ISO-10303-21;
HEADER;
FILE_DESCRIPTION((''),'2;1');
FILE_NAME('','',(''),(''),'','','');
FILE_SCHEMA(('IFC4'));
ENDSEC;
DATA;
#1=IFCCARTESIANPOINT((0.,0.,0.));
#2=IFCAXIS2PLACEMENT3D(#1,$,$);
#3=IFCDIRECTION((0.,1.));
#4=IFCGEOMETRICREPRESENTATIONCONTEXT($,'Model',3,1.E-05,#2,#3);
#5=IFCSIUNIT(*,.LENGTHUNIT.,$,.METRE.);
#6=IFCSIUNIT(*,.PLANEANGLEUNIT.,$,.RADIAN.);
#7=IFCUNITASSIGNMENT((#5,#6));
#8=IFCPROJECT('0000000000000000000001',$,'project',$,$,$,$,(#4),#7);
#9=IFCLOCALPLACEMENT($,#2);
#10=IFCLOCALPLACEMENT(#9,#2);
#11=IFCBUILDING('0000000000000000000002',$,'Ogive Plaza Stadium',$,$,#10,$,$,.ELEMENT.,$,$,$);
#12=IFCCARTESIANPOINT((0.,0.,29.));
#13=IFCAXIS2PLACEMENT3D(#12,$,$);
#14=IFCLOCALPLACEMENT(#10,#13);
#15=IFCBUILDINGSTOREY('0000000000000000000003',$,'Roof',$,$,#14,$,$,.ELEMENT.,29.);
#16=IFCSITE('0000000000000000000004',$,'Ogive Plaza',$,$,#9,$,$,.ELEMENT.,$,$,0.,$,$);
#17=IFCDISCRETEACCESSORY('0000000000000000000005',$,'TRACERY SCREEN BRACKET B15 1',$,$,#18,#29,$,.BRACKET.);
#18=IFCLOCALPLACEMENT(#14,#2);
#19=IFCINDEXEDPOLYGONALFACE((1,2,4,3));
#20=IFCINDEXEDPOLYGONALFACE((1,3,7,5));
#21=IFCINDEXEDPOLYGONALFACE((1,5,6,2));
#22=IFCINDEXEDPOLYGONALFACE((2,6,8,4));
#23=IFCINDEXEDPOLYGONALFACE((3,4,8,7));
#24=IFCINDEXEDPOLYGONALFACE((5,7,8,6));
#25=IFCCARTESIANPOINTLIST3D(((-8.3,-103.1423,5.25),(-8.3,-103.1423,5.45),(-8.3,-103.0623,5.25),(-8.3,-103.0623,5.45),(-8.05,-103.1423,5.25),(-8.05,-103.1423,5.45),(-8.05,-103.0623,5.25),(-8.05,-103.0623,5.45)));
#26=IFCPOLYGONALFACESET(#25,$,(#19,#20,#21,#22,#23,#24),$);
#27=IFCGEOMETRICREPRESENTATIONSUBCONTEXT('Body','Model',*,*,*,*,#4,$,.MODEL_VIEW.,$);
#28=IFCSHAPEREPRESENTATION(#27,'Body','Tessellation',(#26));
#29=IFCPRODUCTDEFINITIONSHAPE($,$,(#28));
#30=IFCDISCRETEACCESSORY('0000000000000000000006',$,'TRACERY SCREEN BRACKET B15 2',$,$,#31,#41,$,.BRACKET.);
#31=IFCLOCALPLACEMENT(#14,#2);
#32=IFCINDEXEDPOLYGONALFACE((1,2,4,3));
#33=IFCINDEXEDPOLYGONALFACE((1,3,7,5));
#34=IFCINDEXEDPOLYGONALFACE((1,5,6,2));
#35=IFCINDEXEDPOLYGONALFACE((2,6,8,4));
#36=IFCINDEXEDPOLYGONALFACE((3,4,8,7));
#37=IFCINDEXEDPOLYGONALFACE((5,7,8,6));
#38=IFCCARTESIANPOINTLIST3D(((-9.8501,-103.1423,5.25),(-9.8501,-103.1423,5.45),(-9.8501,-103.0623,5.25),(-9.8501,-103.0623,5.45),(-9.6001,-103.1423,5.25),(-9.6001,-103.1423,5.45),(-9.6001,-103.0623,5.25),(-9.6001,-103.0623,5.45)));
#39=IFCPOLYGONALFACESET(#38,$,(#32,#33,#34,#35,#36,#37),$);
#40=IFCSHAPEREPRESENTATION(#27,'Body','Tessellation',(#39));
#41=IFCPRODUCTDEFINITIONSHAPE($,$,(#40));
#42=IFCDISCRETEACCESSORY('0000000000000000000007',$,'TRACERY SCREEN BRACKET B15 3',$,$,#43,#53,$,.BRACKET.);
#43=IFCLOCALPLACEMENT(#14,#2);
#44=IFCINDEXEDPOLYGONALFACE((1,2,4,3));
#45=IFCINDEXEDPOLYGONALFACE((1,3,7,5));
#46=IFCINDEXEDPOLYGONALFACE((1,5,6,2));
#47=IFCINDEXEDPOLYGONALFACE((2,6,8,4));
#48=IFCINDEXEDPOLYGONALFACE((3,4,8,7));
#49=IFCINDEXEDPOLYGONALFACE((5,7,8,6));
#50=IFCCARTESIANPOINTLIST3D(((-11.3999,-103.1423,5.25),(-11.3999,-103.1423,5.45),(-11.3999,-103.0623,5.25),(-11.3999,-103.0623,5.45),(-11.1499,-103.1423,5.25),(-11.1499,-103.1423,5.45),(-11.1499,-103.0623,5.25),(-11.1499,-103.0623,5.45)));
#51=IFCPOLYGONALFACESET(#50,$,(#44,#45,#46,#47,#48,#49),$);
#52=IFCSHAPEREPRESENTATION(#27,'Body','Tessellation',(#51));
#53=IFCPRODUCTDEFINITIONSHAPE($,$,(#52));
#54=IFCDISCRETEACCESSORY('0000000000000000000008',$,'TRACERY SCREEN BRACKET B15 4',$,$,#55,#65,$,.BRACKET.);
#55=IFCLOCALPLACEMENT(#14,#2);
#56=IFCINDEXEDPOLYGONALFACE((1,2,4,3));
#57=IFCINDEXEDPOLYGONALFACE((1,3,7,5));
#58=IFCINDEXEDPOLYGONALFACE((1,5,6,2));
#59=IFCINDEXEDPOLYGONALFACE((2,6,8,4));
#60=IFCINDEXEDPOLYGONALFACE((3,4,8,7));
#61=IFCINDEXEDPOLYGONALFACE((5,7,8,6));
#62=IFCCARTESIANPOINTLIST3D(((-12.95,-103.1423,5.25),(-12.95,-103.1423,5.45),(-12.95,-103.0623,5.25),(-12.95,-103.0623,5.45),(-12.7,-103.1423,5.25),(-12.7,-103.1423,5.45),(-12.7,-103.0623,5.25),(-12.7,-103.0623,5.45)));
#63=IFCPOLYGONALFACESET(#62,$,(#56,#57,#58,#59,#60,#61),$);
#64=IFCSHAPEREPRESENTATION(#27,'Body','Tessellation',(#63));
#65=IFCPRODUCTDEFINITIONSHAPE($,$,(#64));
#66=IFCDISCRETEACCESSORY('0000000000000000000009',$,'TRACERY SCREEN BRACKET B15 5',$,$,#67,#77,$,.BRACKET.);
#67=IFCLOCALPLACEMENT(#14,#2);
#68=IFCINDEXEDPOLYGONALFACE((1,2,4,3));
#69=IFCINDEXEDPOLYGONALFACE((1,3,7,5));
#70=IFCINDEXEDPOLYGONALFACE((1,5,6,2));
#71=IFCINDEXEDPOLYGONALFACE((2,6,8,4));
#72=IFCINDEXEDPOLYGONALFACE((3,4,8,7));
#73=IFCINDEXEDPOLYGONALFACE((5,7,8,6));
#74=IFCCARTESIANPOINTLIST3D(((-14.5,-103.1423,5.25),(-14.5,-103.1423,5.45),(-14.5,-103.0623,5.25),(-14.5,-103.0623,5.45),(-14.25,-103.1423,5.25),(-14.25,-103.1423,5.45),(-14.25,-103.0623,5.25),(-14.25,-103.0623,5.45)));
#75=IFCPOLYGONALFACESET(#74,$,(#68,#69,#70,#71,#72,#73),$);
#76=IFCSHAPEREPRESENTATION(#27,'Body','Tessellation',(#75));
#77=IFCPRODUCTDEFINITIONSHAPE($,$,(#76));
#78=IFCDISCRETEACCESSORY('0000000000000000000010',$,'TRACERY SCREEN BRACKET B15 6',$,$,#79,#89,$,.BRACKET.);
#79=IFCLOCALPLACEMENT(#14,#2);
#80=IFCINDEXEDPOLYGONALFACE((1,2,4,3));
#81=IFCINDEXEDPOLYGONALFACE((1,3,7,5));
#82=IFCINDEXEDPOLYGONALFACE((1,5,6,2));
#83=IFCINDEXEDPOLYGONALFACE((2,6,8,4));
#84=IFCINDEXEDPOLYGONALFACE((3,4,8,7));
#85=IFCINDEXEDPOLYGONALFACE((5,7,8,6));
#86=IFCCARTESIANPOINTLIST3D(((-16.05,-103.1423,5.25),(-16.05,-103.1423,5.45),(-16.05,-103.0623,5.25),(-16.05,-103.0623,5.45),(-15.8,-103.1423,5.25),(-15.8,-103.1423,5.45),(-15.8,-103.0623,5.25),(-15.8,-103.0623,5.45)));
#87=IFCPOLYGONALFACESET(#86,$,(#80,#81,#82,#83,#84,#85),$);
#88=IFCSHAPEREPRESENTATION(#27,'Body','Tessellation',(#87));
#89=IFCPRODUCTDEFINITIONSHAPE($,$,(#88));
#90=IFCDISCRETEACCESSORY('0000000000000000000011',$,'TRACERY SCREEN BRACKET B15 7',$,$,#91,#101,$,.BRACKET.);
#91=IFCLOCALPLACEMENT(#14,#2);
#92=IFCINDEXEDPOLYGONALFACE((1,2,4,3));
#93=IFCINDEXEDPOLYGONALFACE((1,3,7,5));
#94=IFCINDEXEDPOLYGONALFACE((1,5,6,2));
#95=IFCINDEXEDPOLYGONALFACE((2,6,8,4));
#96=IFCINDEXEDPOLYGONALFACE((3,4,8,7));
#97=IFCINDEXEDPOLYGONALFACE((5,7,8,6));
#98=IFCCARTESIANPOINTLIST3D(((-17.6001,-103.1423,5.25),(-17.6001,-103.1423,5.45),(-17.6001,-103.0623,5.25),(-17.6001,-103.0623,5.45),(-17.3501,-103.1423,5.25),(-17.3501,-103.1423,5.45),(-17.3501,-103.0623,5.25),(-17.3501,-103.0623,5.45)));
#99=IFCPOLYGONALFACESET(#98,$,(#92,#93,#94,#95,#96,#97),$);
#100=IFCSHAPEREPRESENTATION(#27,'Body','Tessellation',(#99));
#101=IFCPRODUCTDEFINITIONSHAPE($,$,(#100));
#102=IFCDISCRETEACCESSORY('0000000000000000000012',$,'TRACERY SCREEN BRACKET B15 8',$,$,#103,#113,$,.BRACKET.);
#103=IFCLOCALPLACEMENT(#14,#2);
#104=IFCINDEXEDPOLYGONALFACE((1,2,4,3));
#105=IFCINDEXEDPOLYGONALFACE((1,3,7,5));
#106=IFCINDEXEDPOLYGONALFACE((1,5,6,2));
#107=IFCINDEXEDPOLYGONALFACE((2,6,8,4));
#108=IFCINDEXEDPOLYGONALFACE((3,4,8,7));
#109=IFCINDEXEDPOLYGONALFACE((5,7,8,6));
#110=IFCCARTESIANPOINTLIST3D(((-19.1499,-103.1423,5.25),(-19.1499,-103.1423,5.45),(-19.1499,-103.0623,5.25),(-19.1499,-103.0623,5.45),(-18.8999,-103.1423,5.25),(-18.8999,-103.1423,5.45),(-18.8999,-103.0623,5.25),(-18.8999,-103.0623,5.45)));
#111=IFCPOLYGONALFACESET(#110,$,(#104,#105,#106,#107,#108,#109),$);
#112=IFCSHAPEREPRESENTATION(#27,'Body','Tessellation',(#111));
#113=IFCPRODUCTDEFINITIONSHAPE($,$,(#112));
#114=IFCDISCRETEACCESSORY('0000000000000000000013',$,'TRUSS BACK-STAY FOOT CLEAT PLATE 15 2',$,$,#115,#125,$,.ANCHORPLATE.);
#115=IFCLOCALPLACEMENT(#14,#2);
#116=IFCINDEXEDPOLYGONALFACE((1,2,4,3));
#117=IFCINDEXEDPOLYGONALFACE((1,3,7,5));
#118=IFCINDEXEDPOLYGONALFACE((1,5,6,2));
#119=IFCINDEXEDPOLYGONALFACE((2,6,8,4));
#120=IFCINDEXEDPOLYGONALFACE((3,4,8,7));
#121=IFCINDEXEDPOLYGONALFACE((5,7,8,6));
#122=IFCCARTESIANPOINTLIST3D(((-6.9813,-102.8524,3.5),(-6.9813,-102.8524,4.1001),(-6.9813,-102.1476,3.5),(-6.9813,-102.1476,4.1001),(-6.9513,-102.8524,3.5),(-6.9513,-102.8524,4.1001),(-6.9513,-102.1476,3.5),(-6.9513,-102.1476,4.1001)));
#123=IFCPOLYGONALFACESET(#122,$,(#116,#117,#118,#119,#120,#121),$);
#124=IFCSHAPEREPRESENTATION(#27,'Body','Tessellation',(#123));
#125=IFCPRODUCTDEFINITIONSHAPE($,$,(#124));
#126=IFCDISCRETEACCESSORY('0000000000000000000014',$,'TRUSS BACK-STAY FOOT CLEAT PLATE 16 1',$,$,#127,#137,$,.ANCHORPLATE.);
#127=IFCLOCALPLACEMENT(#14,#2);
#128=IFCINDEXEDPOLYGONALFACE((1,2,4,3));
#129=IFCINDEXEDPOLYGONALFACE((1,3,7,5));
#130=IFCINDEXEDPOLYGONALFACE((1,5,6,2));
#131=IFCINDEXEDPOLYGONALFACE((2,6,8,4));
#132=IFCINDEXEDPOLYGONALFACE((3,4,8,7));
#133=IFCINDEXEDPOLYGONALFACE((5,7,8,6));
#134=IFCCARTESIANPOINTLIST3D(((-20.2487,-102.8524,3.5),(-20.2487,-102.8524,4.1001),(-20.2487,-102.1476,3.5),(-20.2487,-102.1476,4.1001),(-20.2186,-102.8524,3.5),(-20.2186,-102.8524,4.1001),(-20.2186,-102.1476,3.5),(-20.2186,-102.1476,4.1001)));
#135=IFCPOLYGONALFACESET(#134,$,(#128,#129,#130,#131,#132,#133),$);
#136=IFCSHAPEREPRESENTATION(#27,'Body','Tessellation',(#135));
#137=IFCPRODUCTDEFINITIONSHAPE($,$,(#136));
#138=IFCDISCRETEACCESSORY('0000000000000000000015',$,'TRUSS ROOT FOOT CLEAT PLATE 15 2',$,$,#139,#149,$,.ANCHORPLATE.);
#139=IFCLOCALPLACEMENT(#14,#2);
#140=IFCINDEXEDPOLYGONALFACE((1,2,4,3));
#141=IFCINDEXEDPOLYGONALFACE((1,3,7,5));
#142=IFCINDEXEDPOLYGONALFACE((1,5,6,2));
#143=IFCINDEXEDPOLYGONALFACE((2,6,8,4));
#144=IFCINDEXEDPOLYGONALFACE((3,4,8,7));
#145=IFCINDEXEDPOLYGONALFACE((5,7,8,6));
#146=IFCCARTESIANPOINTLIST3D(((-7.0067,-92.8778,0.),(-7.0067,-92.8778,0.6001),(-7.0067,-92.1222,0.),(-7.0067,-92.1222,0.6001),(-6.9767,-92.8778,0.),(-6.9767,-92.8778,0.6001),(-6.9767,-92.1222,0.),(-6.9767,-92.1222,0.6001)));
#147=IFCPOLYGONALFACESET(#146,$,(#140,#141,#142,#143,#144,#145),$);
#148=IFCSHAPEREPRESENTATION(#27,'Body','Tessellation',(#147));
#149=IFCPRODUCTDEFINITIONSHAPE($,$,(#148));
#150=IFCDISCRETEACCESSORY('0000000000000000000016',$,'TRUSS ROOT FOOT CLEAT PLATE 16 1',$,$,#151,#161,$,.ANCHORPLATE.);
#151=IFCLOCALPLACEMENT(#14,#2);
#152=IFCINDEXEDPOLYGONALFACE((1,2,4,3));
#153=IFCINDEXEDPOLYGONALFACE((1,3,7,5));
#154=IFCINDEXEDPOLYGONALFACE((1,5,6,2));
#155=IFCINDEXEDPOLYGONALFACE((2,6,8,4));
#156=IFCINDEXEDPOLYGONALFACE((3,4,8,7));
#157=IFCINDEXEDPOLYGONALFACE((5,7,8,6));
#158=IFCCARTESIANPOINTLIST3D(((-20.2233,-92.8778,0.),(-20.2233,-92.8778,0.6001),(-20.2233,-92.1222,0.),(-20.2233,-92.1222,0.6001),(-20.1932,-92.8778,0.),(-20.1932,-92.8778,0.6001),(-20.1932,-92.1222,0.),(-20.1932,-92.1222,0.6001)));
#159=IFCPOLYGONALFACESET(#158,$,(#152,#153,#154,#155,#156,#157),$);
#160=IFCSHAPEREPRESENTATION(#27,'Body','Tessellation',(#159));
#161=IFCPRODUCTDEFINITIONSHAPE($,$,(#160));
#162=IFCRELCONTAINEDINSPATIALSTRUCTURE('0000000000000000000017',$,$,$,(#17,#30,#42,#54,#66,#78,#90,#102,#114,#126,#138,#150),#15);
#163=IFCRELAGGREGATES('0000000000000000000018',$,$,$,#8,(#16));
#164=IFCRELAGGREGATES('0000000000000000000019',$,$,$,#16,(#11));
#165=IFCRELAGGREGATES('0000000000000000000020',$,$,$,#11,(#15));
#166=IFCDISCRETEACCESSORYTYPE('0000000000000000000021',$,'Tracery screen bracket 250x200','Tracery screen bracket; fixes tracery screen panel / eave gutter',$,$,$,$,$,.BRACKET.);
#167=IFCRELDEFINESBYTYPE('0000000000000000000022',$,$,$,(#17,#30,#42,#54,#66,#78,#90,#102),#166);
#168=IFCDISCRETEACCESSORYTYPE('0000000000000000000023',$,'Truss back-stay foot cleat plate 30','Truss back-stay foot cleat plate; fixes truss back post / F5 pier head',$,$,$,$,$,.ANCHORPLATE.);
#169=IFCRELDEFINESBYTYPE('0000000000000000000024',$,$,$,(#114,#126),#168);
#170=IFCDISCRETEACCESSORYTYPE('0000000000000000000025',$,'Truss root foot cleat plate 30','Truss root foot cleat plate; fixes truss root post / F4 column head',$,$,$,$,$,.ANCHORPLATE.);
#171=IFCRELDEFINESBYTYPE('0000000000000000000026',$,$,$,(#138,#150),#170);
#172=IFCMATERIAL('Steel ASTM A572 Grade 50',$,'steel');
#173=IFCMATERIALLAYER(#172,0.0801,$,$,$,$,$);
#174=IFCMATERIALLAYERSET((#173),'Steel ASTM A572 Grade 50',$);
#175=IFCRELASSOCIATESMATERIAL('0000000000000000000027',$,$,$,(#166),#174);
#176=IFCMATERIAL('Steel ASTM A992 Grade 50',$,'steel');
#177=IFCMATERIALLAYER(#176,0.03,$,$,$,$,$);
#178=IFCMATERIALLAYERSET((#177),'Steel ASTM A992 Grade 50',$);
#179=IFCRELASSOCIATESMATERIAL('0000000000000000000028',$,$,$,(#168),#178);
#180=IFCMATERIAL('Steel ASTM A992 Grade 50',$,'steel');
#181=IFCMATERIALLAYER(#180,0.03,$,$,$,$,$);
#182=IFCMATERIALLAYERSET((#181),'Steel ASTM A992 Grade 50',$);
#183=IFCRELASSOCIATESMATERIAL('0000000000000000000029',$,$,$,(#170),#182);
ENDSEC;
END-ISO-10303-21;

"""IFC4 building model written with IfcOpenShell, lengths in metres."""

from ifc_helpers import new_model, si_unit, direction, frame, origin, origin_2d, place, context, subcontext, project, spatial, rectangle, extrude, material, layer, layer_set, type_object, element, save


model = new_model("IFC4")

# Units and contexts
model_context = context("Model", 3, precision=1e-05, world=origin(), true_north=direction((0.0, 1.0)))
body_context = subcontext(model_context, "Body", "Model", "MODEL_VIEW")
ifc_project = project(units=[si_unit("LENGTHUNIT", "METRE"), si_unit("PLANEANGLEUNIT", "RADIAN")], contexts=[model_context])

# Site, building, storey
site_placement = place(None, origin())
site = spatial("IfcSite", under=ifc_project, at=site_placement, Name="Ogive Plaza", CompositionType="ELEMENT", RefElevation=0.0)
building_placement = place(site_placement, origin())
building = spatial("IfcBuilding", under=site, at=building_placement, Name="Ogive Plaza Stadium", CompositionType="ELEMENT")
storey_placement = place(building_placement, frame((0.0, 0.0, 29.0)))
storey = spatial("IfcBuildingStorey", under=building, at=storey_placement, Name="Roof", CompositionType="ELEMENT", Elevation=29.0)

# Discrete accessories
ifc_material_1 = material(Name="Steel ASTM A572 Grade 50", Category="steel")
ifc_layer_1 = layer(ifc_material_1, 0.0801)
ifc_layer_set_1 = layer_set([ifc_layer_1], Name="Steel ASTM A572 Grade 50")
discrete_accessory_type_1 = type_object("IfcDiscreteAccessoryType", Name="Tracery screen bracket 250x200", Description="Tracery screen bracket; fixes tracery screen panel / eave gutter", PredefinedType="BRACKET", material=ifc_layer_set_1)
for number, where, z_axis, x_axis, name in (
    (1, (-8.175, -103.1023, 5.25), (0.0, 0.0, 1.0), (-1.0, 0.0, 0.0), "TRACERY SCREEN BRACKET B15 1"),
    (2, (-9.7251, -103.1023, 5.25), (0.0, 0.0, 1.0), (-1.0, 0.0, 0.0), "TRACERY SCREEN BRACKET B15 2"),
    (3, (-11.2749, -103.1023, 5.25), (0.0, 0.0, 1.0), (-1.0, 0.0, 0.0), "TRACERY SCREEN BRACKET B15 3"),
    (4, (-12.825, -103.1023, 5.25), (0.0, 0.0, 1.0), (-1.0, 0.0, 0.0), "TRACERY SCREEN BRACKET B15 4"),
    (5, (-14.375, -103.1023, 5.25), (0.0, 0.0, 1.0), (-1.0, 0.0, 0.0), "TRACERY SCREEN BRACKET B15 5"),
    (6, (-15.925, -103.1023, 5.25), (0.0, 0.0, 1.0), (-1.0, 0.0, 0.0), "TRACERY SCREEN BRACKET B15 6"),
    (7, (-17.4751, -103.1023, 5.25), (0.0, 0.0, 1.0), (-1.0, 0.0, 0.0), "TRACERY SCREEN BRACKET B15 7"),
    (8, (-19.0249, -103.1023, 5.25), (0.0, 0.0, 1.0), (-1.0, 0.0, 0.0), "TRACERY SCREEN BRACKET B15 8"),
):
    element("IfcDiscreteAccessory", number, at=place(storey_placement, frame(where, z_axis=z_axis, x_axis=x_axis)), inside=storey, type_object=discrete_accessory_type_1, Name=name, PredefinedType="BRACKET", context=body_context, shape_type="SweptSolid", body=[
        extrude(rectangle(XDim=0.25, YDim=0.0801, at=origin_2d()), origin(), (0.0, 0.0, 1.0), 0.2),
    ])
ifc_material_2 = material(Name="Steel ASTM A992 Grade 50", Category="steel")
ifc_layer_2 = layer(ifc_material_2, 0.03)
ifc_layer_set_2 = layer_set([ifc_layer_2], Name="Steel ASTM A992 Grade 50")
discrete_accessory_type_2 = type_object("IfcDiscreteAccessoryType", Name="Truss back-stay foot cleat plate 30", Description="Truss back-stay foot cleat plate; fixes truss back post / F5 pier head", PredefinedType="ANCHORPLATE", material=ifc_layer_set_2)
for number, where, z_axis, x_axis, name in (
    (9, (-6.9663, -102.5, 3.5), (0.0, 0.0, 1.0), (0.0, -1.0, 0.0), "TRUSS BACK-STAY FOOT CLEAT PLATE 15 2"),
    (10, (-20.2336, -102.5, 3.5), (0.0, 0.0, 1.0), (0.0, -1.0, 0.0), "TRUSS BACK-STAY FOOT CLEAT PLATE 16 1"),
):
    element("IfcDiscreteAccessory", number, at=place(storey_placement, frame(where, z_axis=z_axis, x_axis=x_axis)), inside=storey, type_object=discrete_accessory_type_2, Name=name, PredefinedType="ANCHORPLATE", context=body_context, shape_type="SweptSolid", body=[
        extrude(rectangle(XDim=0.7048, YDim=0.03, at=origin_2d()), origin(), (0.0, 0.0, 1.0), 0.6001),
    ])
ifc_material_3 = material(Name="Steel ASTM A992 Grade 50", Category="steel")
ifc_layer_3 = layer(ifc_material_3, 0.03)
ifc_layer_set_3 = layer_set([ifc_layer_3], Name="Steel ASTM A992 Grade 50")
discrete_accessory_type_3 = type_object("IfcDiscreteAccessoryType", Name="Truss root foot cleat plate 30", Description="Truss root foot cleat plate; fixes truss root post / F4 column head", PredefinedType="ANCHORPLATE", material=ifc_layer_set_3)
for number, where, z_axis, x_axis, name in (
    (11, (-6.9917, -92.5, 0.0), (0.0, 0.0, 1.0), (0.0, -1.0, 0.0), "TRUSS ROOT FOOT CLEAT PLATE 15 2"),
    (12, (-20.2083, -92.5, 0.0), (0.0, 0.0, 1.0), (0.0, -1.0, 0.0), "TRUSS ROOT FOOT CLEAT PLATE 16 1"),
):
    element("IfcDiscreteAccessory", number, at=place(storey_placement, frame(where, z_axis=z_axis, x_axis=x_axis)), inside=storey, type_object=discrete_accessory_type_3, Name=name, PredefinedType="ANCHORPLATE", context=body_context, shape_type="SweptSolid", body=[
        extrude(rectangle(XDim=0.7556, YDim=0.03, at=origin_2d()), origin(), (0.0, 0.0, 1.0), 0.6001),
    ])

save(model, "model.ifc")
